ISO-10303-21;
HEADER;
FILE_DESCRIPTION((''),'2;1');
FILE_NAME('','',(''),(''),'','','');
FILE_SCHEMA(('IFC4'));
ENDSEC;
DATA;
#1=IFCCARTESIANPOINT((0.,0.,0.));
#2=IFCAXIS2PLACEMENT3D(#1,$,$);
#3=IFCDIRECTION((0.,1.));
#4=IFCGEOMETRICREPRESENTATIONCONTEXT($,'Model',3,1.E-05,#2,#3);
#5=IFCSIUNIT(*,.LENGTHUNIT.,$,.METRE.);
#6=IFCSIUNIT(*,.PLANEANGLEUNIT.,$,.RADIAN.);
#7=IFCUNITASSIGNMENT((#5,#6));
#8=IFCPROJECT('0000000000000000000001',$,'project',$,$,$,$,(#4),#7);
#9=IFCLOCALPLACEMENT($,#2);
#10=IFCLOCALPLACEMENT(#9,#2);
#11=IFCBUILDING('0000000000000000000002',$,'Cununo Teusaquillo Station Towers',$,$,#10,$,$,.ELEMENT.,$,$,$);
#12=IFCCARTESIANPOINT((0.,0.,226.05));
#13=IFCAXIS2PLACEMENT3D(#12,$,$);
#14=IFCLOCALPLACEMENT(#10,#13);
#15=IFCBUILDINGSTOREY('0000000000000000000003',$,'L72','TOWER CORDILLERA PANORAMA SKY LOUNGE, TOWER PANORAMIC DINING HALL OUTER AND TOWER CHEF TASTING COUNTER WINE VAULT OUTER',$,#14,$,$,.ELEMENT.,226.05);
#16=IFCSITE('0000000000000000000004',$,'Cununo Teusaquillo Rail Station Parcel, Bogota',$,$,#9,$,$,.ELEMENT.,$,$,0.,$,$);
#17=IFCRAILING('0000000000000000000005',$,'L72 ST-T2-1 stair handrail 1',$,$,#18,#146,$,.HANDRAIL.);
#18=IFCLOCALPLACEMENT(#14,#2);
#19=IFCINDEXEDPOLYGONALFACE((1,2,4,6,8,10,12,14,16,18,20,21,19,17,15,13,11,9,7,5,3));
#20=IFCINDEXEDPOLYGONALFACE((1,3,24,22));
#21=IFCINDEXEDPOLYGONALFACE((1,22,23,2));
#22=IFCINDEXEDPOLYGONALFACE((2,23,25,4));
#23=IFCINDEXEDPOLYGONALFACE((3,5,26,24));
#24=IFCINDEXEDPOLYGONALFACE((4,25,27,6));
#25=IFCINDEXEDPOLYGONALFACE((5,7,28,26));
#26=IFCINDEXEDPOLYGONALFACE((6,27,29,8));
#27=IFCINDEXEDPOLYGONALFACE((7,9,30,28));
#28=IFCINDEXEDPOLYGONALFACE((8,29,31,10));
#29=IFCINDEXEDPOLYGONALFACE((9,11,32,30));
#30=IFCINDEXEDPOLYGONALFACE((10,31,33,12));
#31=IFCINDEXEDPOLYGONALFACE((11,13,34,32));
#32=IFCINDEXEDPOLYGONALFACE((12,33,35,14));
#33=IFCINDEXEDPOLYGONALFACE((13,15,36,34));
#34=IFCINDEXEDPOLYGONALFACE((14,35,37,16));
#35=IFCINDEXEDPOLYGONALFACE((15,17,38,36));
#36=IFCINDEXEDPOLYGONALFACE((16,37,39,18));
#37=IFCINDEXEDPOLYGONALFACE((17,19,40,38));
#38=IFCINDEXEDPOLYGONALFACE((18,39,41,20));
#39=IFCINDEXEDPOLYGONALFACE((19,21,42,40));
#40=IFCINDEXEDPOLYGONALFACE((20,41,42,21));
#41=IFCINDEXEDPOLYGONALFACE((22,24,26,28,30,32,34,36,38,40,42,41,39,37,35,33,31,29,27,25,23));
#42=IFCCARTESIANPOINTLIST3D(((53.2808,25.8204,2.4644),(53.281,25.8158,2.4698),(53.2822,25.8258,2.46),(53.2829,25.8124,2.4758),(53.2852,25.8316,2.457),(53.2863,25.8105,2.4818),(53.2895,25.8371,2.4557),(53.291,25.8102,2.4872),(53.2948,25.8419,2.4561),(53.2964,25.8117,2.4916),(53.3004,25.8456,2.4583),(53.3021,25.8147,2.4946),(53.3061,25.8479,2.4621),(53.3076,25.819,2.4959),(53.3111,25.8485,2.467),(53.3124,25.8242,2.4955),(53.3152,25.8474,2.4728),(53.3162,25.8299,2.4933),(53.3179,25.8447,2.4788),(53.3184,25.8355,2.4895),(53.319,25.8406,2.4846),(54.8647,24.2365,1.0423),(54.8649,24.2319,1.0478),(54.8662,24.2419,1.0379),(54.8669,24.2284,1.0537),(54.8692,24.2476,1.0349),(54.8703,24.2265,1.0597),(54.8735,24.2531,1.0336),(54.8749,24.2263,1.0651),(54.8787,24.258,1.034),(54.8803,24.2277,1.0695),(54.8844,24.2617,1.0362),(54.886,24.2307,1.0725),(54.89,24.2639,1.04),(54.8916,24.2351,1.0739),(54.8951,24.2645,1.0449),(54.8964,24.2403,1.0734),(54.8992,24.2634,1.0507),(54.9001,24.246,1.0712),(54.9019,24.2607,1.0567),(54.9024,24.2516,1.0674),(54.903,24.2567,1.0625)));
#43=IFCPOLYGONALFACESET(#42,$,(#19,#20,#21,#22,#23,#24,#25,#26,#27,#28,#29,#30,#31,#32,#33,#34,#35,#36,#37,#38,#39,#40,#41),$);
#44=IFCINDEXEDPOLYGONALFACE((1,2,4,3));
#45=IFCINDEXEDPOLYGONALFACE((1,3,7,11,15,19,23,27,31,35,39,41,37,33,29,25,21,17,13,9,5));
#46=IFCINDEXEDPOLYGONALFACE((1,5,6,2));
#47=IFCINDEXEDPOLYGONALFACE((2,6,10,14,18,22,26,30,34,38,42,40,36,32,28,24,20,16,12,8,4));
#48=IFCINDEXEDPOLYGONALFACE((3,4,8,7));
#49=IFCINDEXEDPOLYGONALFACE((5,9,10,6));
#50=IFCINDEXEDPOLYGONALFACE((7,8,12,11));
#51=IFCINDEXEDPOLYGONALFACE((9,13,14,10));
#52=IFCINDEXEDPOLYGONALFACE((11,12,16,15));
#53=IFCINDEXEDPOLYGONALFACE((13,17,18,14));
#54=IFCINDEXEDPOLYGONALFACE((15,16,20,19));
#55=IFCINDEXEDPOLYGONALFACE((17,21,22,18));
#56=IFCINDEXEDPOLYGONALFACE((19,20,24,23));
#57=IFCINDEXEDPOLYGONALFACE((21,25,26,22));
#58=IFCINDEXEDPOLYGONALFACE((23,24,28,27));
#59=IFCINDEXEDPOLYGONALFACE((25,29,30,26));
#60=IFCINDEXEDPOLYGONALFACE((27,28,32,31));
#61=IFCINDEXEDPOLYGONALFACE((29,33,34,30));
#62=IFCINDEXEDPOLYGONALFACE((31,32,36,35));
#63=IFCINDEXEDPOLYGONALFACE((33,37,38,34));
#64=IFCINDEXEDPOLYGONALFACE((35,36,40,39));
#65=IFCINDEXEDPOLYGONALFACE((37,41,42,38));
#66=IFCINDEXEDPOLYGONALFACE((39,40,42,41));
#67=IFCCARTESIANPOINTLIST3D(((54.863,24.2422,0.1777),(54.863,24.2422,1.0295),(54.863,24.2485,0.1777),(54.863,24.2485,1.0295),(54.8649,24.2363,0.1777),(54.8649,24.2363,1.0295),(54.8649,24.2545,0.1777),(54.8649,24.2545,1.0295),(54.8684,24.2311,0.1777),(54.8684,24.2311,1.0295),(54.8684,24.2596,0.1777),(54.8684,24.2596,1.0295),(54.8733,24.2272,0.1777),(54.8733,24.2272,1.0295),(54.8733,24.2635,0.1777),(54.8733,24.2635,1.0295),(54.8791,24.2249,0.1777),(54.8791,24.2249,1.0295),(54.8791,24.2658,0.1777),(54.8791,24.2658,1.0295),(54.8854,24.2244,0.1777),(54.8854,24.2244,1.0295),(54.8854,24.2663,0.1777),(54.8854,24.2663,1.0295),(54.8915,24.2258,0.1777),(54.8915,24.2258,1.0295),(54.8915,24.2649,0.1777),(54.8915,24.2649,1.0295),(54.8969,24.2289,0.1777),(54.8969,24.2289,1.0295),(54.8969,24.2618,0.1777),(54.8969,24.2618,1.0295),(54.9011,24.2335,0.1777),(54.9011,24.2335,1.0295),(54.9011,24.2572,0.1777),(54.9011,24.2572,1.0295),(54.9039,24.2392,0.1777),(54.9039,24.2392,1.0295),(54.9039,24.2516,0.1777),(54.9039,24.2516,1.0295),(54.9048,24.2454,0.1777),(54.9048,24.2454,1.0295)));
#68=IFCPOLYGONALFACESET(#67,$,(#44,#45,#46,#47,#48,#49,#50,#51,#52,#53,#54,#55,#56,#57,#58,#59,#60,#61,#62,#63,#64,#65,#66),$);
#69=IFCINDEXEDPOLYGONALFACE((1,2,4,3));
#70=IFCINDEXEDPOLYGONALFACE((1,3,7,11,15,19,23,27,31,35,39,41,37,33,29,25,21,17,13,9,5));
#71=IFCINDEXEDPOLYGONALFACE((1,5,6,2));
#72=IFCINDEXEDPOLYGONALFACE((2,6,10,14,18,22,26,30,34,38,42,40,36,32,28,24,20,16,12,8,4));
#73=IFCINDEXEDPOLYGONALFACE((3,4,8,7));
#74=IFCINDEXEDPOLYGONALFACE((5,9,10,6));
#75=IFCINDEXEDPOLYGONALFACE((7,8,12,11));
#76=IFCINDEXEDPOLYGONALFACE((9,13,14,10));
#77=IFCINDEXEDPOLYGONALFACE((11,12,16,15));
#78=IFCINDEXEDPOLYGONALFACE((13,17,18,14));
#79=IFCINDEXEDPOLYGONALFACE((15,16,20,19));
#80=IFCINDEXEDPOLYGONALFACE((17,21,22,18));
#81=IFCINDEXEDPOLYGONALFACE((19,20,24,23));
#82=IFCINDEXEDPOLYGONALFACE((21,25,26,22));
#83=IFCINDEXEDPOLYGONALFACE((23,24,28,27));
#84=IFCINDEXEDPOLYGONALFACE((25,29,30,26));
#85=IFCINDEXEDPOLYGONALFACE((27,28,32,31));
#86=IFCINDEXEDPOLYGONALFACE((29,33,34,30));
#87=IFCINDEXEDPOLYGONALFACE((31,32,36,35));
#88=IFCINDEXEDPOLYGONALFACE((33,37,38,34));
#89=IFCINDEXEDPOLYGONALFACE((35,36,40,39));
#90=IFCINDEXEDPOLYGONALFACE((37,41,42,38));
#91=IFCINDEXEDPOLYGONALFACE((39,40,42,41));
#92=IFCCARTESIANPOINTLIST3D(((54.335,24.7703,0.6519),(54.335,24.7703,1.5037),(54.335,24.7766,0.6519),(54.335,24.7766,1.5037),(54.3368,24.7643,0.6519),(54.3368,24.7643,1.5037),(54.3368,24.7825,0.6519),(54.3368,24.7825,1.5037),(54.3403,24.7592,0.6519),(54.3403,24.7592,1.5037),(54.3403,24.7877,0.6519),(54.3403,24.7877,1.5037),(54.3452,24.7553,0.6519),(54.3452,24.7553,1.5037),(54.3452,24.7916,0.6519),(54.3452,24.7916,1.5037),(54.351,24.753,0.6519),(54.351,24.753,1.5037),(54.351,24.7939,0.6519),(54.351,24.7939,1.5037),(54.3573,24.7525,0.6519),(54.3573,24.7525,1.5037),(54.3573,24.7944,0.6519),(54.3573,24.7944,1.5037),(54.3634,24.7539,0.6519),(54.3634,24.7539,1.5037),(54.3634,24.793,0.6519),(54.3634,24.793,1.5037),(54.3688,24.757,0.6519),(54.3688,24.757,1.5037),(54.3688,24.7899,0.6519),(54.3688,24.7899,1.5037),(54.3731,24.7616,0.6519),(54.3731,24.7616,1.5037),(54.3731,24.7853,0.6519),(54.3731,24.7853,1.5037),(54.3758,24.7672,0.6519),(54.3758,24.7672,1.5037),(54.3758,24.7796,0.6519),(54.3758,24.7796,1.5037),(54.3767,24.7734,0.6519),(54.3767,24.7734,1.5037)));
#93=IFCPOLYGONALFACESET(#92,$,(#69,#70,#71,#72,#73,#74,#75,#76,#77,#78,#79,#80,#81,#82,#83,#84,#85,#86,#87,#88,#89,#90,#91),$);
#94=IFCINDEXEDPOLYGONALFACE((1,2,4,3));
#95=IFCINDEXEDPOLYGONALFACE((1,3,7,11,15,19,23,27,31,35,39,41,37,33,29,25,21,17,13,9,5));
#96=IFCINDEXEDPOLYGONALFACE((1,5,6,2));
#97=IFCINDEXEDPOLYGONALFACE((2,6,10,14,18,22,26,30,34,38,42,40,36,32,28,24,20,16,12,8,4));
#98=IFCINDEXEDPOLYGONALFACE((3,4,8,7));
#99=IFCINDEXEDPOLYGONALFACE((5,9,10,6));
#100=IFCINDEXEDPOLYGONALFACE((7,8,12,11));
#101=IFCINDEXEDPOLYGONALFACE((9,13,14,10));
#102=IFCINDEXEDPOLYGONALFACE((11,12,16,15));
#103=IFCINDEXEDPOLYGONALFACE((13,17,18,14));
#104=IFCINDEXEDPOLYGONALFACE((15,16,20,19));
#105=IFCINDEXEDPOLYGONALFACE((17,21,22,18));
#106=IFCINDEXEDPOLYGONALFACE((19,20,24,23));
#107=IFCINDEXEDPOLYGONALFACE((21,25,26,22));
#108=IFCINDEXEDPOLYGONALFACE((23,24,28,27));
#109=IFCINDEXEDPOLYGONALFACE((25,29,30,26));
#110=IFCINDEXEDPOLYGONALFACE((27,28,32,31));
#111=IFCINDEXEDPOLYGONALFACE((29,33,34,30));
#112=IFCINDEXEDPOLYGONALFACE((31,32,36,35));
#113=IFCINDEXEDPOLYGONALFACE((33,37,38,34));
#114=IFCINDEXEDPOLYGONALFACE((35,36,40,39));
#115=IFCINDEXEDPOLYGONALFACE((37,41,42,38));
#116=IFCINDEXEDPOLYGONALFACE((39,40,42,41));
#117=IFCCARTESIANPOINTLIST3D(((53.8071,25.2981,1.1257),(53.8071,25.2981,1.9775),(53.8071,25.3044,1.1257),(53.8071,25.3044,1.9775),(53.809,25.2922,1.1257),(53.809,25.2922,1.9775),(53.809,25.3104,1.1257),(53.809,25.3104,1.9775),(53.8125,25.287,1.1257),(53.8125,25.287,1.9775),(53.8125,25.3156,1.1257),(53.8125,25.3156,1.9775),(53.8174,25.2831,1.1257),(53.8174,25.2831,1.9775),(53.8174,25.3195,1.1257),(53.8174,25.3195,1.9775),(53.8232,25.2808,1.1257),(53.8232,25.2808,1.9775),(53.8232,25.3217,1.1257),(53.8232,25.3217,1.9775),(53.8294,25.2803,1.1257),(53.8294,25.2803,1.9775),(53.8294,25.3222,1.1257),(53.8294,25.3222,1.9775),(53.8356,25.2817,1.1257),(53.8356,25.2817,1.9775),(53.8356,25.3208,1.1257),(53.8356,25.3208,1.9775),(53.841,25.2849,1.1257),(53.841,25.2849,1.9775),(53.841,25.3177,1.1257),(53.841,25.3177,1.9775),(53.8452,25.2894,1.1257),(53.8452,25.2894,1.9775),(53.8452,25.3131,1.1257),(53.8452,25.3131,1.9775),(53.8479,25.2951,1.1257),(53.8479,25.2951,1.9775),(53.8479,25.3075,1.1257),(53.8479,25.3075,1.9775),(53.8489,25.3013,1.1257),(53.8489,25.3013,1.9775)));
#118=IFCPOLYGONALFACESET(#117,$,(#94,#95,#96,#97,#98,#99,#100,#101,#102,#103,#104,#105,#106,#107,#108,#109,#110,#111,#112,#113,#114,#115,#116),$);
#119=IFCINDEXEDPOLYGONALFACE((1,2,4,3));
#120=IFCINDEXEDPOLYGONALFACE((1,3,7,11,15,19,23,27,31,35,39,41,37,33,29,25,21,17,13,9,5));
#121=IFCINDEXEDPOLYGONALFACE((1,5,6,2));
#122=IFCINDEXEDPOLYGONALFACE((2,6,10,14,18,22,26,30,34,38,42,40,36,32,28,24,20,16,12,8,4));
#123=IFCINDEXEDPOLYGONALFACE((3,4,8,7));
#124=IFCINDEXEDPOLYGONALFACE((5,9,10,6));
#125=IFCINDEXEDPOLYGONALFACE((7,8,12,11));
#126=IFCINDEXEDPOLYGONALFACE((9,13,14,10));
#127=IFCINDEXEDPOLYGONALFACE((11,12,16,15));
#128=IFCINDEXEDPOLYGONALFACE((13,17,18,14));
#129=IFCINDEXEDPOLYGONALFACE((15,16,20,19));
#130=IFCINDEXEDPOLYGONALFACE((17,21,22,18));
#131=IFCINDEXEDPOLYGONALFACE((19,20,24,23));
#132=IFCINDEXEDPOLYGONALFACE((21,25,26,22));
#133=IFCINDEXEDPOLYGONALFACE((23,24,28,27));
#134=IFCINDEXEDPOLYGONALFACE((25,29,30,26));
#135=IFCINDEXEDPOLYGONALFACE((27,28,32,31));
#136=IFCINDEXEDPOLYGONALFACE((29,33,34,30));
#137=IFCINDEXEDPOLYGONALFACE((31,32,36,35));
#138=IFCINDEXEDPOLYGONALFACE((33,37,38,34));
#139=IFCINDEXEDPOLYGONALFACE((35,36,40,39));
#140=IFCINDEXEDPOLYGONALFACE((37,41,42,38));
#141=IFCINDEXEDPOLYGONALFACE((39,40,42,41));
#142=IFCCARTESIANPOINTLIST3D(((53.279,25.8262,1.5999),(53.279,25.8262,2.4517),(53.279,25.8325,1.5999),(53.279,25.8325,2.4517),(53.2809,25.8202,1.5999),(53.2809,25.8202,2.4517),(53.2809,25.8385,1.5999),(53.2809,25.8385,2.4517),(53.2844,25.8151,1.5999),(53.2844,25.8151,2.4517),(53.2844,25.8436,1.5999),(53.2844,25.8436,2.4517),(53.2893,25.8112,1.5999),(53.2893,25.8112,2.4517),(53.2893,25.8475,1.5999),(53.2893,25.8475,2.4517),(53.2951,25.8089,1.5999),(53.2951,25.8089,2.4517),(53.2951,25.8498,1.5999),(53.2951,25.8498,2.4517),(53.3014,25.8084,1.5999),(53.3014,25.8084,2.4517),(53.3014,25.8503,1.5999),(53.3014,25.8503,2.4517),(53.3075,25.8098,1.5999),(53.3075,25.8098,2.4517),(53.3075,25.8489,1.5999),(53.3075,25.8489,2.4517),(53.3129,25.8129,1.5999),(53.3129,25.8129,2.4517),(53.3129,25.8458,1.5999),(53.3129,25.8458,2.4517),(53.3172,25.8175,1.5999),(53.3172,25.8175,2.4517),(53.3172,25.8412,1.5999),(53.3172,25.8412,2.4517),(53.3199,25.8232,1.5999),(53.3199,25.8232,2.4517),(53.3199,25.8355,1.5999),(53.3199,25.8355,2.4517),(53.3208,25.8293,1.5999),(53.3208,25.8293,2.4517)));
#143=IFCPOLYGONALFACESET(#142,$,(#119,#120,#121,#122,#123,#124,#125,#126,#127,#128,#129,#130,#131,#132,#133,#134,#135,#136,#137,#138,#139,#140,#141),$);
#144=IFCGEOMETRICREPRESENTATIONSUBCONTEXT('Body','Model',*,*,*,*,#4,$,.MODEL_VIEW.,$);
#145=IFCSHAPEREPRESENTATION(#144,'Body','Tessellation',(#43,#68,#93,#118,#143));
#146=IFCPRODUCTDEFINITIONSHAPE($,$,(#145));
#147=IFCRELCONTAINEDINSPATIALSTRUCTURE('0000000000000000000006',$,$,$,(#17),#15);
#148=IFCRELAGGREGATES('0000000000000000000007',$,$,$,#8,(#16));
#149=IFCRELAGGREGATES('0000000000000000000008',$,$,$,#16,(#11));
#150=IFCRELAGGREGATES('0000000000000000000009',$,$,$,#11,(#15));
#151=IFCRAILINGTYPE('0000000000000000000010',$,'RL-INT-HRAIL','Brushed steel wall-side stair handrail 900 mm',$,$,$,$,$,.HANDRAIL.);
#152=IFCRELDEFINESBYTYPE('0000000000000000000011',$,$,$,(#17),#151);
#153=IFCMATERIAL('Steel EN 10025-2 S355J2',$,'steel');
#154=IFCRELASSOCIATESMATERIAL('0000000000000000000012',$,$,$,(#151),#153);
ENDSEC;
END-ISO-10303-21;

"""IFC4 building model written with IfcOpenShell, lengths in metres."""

from ifc_helpers import new_model, si_unit, direction, frame, origin, origin_2d, place, context, subcontext, project, spatial, circle, extrude, material, type_object, element, save


model = new_model("IFC4")

# Units and contexts
model_context = context("Model", 3, precision=1e-05, world=origin(), true_north=direction((0.0, 1.0)))
body_context = subcontext(model_context, "Body", "Model", "MODEL_VIEW")
ifc_project = project(units=[si_unit("LENGTHUNIT", "METRE"), si_unit("PLANEANGLEUNIT", "RADIAN")], contexts=[model_context])

# Site, building, storey
site_placement = place(None, origin())
site = spatial("IfcSite", under=ifc_project, at=site_placement, Name="Cununo Teusaquillo Rail Station Parcel, Bogota", CompositionType="ELEMENT", RefElevation=0.0)
building_placement = place(site_placement, origin())
building = spatial("IfcBuilding", under=site, at=building_placement, Name="Cununo Teusaquillo Station Towers", CompositionType="ELEMENT")
storey_placement = place(building_placement, frame((0.0, 0.0, 226.05)))
storey = spatial("IfcBuildingStorey", under=building, at=storey_placement, Name="L72", Description="TOWER CORDILLERA PANORAMA SKY LOUNGE, TOWER PANORAMIC DINING HALL OUTER AND TOWER CHEF TASTING COUNTER WINE VAULT OUTER", CompositionType="ELEMENT", Elevation=226.05)

# Railing
ifc_material_1 = material(Name="Steel EN 10025-2 S355J2", Category="steel")
railing_type_1 = type_object("IfcRailingType", Name="RL-INT-HRAIL", Description="Brushed steel wall-side stair handrail 900 mm", PredefinedType="HANDRAIL", material=ifc_material_1)
railing_1_placement = place(storey_placement, frame((54.8838, 24.2454, 0.1777)))
element("IfcRailing", 1, at=railing_1_placement, inside=storey, type_object=railing_type_1, Name="L72 ST-T2-1 stair handrail 1", PredefinedType="HANDRAIL", context=body_context, shape_type="SweptSolid", body=[
    extrude(circle(Radius=0.0239, at=origin_2d()), frame((0.0, 0.0, 0.876), z_axis=(-0.596968, 0.596968, 0.535965), x_axis=(-0.707107, -0.707107, 0.0)), (0.0, 0.0, 1.0), 2.6533),
    extrude(circle(Radius=0.021, at=origin_2d()), origin(), (0.0, 0.0, 1.0), 0.8518),
    extrude(circle(Radius=0.021, at=origin_2d()), frame((-0.5281, 0.5281, 0.4741)), (0.0, 0.0, 1.0), 0.8518),
    extrude(circle(Radius=0.021, at=origin_2d()), frame((-1.0559, 1.0559, 0.948)), (0.0, 0.0, 1.0), 0.8518),
    extrude(circle(Radius=0.021, at=origin_2d()), frame((-1.584, 1.584, 1.4221)), (0.0, 0.0, 1.0), 0.8518),
])

save(model, "model.ifc")
